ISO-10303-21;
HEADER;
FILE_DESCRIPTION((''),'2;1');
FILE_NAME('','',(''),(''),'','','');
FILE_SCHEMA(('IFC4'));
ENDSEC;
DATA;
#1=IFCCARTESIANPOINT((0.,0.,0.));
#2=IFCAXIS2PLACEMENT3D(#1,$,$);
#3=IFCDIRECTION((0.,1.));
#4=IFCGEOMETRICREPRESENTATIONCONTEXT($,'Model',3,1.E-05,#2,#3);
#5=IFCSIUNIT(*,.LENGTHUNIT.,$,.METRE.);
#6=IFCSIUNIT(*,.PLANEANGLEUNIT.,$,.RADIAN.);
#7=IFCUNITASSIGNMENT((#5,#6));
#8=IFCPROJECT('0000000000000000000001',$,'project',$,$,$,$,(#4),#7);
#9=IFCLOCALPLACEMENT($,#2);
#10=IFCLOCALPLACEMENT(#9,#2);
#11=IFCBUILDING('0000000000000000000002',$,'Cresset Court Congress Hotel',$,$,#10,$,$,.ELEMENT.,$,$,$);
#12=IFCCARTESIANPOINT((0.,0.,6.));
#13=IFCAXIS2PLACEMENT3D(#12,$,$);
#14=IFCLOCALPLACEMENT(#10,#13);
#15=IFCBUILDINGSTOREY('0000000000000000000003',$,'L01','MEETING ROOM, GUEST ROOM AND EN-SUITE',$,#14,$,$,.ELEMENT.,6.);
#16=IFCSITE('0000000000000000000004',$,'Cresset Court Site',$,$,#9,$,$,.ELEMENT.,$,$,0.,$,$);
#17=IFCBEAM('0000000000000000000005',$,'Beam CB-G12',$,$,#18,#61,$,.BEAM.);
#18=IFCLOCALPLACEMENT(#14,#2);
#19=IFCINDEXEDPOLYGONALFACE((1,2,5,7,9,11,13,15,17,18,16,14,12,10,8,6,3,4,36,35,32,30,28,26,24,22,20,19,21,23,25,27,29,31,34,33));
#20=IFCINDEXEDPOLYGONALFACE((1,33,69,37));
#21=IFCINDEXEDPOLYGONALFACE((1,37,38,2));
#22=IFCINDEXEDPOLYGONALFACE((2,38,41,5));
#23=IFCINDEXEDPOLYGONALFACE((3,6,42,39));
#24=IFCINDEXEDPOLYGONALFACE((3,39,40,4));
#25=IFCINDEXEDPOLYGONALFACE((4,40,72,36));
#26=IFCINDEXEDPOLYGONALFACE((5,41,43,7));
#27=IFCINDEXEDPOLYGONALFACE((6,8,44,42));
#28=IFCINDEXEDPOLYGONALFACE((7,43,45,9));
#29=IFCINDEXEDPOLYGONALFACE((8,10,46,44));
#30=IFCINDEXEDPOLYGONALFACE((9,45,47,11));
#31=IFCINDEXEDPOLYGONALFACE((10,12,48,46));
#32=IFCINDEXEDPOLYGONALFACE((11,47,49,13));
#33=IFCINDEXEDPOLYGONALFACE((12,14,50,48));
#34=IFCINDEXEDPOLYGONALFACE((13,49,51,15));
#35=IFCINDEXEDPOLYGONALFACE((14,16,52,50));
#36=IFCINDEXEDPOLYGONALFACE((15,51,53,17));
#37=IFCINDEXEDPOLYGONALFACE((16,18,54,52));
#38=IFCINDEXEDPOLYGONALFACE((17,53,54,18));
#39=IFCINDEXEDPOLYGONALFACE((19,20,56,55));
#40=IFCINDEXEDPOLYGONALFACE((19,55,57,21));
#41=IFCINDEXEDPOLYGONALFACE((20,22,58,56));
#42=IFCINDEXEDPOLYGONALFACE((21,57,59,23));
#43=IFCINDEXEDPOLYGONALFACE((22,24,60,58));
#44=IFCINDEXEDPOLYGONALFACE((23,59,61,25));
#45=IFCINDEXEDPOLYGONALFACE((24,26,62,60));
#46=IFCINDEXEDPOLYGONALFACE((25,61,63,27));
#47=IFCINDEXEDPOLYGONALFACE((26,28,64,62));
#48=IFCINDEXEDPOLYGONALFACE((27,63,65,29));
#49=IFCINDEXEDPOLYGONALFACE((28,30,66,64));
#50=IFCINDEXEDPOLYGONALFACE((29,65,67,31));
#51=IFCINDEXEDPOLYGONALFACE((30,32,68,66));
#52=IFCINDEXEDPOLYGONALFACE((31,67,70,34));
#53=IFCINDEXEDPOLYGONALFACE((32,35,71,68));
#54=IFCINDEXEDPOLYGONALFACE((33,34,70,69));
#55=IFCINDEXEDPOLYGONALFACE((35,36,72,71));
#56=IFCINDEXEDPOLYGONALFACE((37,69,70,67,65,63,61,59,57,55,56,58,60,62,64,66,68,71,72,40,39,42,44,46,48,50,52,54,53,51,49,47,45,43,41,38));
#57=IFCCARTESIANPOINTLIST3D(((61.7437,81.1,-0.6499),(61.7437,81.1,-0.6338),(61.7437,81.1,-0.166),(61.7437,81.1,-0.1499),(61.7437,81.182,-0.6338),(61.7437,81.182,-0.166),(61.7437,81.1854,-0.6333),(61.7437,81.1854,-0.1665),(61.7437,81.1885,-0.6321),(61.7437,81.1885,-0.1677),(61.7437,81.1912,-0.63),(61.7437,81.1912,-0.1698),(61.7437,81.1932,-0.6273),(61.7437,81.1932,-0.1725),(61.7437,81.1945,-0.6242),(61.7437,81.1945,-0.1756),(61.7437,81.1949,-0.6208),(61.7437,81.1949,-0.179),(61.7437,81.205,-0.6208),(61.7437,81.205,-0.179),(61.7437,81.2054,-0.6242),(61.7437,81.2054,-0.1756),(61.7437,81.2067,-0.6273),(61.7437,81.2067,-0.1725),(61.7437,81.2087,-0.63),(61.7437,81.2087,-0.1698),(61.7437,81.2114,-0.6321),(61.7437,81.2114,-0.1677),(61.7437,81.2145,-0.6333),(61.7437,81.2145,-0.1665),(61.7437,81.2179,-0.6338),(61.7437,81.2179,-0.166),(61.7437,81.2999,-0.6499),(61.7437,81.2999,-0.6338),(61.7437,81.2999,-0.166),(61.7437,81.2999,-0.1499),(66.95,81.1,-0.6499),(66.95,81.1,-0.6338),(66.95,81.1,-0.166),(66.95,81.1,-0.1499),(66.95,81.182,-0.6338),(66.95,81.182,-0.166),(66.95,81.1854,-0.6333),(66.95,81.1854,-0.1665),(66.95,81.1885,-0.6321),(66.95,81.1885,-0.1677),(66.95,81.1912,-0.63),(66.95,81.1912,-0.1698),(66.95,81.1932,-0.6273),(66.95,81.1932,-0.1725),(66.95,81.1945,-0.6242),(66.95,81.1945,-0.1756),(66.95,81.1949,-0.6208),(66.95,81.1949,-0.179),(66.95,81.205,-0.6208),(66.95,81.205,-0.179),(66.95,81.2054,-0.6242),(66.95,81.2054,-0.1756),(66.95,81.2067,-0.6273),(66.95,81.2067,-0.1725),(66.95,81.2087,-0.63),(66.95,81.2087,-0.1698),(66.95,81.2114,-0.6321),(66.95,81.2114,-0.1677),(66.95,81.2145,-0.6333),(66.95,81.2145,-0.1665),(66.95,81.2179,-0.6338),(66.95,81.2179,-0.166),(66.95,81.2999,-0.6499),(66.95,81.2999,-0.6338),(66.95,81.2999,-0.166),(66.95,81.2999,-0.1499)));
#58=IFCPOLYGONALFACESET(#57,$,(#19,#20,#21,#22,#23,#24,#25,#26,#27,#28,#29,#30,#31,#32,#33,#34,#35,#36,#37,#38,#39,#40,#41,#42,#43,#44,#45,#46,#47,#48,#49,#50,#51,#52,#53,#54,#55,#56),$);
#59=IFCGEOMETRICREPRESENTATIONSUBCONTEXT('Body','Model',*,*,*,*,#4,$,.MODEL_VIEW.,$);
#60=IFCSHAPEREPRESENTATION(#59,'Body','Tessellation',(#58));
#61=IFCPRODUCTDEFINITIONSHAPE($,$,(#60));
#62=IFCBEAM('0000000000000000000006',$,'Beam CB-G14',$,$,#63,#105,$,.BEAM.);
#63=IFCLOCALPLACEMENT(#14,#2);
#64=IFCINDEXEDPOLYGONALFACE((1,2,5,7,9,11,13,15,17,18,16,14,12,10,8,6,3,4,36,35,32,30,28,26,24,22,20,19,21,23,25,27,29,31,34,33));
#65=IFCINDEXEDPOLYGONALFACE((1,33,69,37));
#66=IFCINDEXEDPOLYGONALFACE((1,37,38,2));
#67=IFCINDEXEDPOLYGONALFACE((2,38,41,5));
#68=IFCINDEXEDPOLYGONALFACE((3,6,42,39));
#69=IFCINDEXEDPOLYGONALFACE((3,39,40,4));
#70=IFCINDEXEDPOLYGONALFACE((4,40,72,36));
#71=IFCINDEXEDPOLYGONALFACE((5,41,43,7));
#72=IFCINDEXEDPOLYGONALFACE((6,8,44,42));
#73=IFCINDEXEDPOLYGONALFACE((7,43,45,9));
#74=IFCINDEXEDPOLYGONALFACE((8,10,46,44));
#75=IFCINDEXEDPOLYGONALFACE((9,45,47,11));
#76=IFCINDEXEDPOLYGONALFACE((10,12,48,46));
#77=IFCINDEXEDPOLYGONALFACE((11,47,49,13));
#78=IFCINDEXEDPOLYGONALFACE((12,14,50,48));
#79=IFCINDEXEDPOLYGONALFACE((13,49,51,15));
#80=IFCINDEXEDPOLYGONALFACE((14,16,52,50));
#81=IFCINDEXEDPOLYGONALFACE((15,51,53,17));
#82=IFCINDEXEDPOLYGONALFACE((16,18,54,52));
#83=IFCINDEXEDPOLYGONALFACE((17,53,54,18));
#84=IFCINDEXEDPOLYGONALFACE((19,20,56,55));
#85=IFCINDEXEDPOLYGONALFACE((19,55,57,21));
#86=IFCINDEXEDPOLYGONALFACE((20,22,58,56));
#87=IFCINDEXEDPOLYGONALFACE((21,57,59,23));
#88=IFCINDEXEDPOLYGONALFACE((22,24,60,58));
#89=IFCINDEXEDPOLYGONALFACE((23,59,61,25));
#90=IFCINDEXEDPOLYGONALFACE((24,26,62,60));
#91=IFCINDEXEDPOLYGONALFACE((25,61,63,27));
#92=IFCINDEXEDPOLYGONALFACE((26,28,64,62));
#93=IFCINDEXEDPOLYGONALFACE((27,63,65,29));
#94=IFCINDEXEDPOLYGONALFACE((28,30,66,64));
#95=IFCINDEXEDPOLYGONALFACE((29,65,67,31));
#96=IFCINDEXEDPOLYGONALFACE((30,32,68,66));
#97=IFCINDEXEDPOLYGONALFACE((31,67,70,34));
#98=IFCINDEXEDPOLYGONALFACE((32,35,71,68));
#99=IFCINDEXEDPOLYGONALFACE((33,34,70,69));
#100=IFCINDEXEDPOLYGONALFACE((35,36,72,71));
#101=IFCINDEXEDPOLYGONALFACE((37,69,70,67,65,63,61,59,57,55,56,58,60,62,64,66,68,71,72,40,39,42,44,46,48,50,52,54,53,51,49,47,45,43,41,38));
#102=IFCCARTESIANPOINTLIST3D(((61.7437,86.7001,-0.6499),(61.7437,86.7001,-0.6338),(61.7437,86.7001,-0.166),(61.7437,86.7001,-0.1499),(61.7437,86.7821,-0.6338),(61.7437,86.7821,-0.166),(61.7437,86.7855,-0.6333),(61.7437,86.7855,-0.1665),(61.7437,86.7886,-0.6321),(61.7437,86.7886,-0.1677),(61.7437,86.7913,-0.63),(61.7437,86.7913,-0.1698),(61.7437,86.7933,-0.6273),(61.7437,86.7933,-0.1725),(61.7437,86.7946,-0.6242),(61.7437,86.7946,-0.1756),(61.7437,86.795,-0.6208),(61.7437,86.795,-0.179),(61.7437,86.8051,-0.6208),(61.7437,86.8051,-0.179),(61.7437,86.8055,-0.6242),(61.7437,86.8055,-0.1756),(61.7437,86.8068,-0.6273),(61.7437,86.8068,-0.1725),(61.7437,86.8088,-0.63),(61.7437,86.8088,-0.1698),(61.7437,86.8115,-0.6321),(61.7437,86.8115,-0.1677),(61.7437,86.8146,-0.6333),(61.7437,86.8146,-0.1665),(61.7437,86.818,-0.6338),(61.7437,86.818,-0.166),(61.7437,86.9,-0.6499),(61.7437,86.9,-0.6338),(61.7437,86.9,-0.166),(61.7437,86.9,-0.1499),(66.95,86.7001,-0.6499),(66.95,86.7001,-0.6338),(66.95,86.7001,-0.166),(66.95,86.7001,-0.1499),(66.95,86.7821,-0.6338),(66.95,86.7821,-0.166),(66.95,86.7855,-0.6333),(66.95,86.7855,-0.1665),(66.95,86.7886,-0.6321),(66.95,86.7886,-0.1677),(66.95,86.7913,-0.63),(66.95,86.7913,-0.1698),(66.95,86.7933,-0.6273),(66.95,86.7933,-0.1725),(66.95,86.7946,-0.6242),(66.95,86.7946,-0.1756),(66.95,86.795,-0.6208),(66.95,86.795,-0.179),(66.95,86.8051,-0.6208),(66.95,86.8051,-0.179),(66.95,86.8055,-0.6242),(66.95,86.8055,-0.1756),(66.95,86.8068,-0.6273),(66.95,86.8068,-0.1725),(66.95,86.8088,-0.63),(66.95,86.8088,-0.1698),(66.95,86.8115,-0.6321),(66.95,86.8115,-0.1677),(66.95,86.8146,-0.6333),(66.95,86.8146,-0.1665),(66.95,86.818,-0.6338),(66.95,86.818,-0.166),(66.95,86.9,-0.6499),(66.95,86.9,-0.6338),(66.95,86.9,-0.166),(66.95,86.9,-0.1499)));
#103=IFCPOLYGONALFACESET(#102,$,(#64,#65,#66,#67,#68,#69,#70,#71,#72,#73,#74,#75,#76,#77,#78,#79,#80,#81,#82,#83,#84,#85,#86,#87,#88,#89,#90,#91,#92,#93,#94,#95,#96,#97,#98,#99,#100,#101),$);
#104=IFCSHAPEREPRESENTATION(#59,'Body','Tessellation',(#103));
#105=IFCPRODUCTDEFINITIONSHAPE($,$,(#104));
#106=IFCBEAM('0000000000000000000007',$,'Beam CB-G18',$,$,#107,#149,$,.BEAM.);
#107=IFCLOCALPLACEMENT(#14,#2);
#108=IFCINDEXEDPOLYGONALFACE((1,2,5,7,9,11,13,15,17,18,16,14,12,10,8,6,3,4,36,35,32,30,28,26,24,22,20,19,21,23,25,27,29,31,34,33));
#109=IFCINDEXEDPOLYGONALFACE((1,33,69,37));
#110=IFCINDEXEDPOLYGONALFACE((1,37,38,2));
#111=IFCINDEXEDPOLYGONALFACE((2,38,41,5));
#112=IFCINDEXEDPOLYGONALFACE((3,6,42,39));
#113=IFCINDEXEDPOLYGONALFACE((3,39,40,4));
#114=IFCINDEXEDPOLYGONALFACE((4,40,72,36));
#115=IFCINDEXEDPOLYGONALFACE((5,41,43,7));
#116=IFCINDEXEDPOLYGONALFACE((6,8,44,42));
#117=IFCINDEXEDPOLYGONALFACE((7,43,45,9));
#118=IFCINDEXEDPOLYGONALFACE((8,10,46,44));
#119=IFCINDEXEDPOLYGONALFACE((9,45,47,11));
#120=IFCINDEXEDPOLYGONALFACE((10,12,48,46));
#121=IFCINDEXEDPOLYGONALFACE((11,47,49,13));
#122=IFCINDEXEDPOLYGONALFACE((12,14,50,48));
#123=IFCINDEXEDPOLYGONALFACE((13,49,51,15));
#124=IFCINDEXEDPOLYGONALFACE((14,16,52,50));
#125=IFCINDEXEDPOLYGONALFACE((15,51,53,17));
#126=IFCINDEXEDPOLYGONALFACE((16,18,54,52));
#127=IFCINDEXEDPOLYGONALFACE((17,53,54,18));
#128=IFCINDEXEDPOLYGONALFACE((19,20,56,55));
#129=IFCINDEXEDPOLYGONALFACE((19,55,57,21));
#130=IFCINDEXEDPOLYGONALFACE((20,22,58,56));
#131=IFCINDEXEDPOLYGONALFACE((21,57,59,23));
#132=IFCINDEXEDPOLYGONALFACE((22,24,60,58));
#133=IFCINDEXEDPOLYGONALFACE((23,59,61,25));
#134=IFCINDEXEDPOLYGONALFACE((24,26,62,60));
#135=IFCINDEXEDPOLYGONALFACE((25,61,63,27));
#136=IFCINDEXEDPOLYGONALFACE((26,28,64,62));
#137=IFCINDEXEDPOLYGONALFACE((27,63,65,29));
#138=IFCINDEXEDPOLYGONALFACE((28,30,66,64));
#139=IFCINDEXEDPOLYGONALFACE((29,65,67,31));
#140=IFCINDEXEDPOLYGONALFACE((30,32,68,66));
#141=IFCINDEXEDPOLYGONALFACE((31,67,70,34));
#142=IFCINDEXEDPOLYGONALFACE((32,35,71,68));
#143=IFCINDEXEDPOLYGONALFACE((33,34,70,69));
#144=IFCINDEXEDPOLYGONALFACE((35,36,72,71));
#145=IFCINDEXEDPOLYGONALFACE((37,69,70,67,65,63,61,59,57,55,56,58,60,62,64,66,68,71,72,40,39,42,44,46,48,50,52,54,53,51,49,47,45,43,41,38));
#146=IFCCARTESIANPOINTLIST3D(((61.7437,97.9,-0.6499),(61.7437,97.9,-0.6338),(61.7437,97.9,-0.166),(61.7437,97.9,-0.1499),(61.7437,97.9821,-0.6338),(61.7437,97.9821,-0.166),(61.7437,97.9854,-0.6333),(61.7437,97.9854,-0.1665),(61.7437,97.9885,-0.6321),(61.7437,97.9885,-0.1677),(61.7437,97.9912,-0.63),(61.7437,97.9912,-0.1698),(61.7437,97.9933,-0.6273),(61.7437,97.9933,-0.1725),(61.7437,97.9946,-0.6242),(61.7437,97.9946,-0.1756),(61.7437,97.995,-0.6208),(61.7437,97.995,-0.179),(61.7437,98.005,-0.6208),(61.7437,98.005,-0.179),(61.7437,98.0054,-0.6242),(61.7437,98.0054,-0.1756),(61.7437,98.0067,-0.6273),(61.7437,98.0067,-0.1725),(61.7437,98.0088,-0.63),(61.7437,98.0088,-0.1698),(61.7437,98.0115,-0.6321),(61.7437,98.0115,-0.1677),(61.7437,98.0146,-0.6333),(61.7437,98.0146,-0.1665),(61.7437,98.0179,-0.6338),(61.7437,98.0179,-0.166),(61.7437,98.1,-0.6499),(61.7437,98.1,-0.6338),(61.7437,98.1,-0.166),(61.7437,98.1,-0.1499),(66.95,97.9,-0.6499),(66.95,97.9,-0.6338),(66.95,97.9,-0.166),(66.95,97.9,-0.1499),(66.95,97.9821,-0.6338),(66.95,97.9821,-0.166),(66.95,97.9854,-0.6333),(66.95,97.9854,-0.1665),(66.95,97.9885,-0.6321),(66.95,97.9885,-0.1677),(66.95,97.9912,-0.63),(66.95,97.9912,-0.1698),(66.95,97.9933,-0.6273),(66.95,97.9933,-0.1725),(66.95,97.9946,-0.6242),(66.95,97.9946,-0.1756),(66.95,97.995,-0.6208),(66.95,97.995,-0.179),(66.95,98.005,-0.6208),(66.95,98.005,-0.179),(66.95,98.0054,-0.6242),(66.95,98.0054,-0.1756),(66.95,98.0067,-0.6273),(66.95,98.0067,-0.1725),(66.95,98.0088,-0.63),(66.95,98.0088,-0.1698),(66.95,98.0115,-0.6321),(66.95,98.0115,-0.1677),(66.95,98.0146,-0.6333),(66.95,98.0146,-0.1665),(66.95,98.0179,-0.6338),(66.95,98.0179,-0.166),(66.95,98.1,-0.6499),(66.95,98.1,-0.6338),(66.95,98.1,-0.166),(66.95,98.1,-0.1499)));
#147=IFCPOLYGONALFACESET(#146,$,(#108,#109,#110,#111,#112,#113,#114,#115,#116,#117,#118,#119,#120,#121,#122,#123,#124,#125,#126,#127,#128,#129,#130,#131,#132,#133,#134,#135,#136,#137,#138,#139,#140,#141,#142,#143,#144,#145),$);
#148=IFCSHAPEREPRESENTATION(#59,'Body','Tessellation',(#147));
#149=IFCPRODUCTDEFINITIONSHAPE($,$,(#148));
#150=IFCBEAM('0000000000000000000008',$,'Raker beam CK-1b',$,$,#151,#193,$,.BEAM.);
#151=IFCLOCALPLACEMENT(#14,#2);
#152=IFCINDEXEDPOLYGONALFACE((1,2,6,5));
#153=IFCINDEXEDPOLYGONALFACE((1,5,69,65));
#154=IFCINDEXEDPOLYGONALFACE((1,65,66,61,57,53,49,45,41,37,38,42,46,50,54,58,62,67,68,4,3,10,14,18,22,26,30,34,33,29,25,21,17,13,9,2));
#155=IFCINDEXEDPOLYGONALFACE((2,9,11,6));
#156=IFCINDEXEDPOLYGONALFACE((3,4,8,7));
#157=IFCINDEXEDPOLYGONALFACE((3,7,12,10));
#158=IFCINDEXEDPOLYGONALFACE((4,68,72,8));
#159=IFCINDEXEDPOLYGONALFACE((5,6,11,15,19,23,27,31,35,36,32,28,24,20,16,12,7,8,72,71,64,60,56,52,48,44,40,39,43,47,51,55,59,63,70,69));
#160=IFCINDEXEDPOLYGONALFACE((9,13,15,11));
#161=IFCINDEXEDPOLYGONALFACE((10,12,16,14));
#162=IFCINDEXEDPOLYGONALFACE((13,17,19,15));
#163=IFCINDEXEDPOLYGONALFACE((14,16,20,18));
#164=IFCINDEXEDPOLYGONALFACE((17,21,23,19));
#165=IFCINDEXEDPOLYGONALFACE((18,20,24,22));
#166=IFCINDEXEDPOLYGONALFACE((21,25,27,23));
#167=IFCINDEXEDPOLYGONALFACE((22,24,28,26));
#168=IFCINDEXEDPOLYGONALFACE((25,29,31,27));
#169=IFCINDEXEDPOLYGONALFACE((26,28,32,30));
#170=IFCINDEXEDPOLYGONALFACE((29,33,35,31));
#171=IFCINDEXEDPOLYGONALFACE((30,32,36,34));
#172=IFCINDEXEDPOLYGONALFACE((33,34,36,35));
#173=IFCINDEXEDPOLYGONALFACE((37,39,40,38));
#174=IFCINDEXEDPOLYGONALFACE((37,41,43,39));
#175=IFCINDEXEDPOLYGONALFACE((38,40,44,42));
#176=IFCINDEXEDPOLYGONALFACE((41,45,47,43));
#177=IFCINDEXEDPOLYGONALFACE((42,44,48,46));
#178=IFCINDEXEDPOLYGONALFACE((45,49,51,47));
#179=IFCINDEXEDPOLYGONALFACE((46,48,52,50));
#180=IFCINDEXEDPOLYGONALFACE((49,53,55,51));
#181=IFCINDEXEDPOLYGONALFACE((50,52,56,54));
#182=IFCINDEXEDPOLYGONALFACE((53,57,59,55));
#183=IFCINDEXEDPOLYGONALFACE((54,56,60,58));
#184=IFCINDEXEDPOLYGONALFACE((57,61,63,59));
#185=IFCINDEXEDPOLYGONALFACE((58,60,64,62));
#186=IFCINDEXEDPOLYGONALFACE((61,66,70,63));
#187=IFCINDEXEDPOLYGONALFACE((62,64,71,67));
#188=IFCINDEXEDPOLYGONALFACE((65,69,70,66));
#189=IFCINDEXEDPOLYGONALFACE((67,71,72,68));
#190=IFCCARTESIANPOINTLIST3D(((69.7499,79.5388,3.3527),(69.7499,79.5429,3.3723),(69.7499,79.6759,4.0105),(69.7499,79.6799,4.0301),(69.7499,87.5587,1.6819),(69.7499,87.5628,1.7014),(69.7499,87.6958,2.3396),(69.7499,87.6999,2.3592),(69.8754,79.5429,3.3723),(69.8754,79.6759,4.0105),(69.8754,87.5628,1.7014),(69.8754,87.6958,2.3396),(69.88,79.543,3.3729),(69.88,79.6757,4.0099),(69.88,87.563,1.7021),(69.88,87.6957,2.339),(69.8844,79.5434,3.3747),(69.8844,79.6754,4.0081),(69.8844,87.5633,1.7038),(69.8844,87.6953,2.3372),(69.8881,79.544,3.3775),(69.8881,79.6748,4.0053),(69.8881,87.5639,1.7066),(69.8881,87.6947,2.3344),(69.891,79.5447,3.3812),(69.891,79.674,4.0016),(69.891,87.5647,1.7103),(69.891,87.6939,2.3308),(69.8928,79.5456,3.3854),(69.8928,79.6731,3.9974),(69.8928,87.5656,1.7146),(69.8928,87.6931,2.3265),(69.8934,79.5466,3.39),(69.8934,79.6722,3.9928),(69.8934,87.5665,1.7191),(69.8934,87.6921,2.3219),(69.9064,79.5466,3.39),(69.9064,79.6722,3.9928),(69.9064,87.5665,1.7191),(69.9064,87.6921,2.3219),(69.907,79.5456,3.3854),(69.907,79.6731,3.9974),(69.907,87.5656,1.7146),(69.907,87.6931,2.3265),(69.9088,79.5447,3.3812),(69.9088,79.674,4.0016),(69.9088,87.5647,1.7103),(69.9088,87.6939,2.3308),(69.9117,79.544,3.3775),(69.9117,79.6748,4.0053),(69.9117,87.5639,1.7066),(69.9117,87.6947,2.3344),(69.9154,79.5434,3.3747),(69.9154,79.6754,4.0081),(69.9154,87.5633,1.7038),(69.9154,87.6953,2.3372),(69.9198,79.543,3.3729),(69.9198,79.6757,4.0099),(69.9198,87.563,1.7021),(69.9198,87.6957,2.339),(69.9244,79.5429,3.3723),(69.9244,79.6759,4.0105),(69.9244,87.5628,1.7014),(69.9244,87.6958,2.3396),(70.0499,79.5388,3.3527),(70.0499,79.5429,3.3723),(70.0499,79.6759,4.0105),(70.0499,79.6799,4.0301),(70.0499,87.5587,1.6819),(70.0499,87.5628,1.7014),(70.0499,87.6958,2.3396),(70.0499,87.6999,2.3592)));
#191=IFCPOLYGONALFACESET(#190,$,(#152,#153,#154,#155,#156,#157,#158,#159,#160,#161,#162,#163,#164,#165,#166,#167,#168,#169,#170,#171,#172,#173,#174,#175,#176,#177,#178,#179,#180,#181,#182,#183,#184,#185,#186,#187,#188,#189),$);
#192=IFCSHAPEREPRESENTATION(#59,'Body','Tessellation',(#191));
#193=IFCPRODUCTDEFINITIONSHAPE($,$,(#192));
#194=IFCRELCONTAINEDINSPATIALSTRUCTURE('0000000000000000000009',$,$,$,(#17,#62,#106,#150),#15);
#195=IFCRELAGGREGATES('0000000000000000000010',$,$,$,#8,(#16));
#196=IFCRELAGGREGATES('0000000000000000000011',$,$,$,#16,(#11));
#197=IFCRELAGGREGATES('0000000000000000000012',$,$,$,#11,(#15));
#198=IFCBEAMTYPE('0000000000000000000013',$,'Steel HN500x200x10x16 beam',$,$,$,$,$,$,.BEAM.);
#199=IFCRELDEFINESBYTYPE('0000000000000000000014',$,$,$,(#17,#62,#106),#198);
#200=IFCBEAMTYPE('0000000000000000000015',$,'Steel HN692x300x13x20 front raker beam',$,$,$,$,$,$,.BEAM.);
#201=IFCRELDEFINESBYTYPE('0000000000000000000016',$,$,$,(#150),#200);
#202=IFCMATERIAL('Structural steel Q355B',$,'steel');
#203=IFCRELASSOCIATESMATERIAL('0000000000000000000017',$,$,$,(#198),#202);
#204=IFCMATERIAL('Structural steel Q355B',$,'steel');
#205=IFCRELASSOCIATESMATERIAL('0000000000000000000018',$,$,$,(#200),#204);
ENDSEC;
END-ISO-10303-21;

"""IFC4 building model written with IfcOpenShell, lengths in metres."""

from ifc_helpers import new_model, si_unit, direction, frame, origin, origin_2d, place, context, subcontext, project, spatial, i_section, extrude, material, material_profile, profile_set, type_object, element, save


model = new_model("IFC4")

# Units and contexts
model_context = context("Model", 3, precision=1e-05, world=origin(), true_north=direction((0.0, 1.0)))
body_context = subcontext(model_context, "Body", "Model", "MODEL_VIEW")
ifc_project = project(units=[si_unit("LENGTHUNIT", "METRE"), si_unit("PLANEANGLEUNIT", "RADIAN")], contexts=[model_context])

# Site, building, storey
site_placement = place(None, origin())
site = spatial("IfcSite", under=ifc_project, at=site_placement, Name="Cresset Court Site", CompositionType="ELEMENT", RefElevation=0.0)
building_placement = place(site_placement, origin())
building = spatial("IfcBuilding", under=site, at=building_placement, Name="Cresset Court Congress Hotel", CompositionType="ELEMENT")
storey_placement = place(building_placement, frame((0.0, 0.0, 6.0)))
storey = spatial("IfcBuildingStorey", under=building, at=storey_placement, Name="L01", Description="MEETING ROOM, GUEST ROOM AND EN-SUITE", CompositionType="ELEMENT", Elevation=6.0)

# Beams
ifc_material_1 = material(Name="Structural steel Q355B", Category="steel")
ifc_material_profile_1 = material_profile(ifc_material_1, i_section(OverallWidth=0.2, OverallDepth=0.5, WebThickness=0.01, FlangeThickness=0.0161, FilletRadius=0.0129, at=origin_2d()), Name="HN500x200x10x16")
ifc_profile_set_1 = profile_set([ifc_material_profile_1], Name="Structural steel Q355B")
beam_type_1 = type_object("IfcBeamType", Name="Steel HN500x200x10x16 beam", PredefinedType="BEAM", material=ifc_profile_set_1)
for number, where, z_axis, x_axis, name in (
    (1, (61.7437, 81.2, -0.3999), (1.0, 0.0, 0.0), (0.0, 1.0, 0.0), "Beam CB-G12"),
    (2, (61.7437, 86.8, -0.3999), (1.0, 0.0, 0.0), (0.0, 1.0, 0.0), "Beam CB-G14"),
    (3, (61.7437, 98.0, -0.3999), (1.0, 0.0, 0.0), (0.0, 1.0, 0.0), "Beam CB-G18"),
):
    element("IfcBeam", number, at=place(storey_placement, frame(where, z_axis=z_axis, x_axis=x_axis)), inside=storey, type_object=beam_type_1, Name=name, PredefinedType="BEAM", context=body_context, shape_type="SweptSolid", body=[
        extrude(i_section(OverallWidth=0.2, OverallDepth=0.5, WebThickness=0.01, FlangeThickness=0.0161, FilletRadius=0.0129, at=origin_2d()), origin(), (0.0, 0.0, 1.0), 5.2063),
    ])
ifc_material_2 = material(Name="Structural steel Q355B", Category="steel")
ifc_material_profile_2 = material_profile(ifc_material_2, i_section(OverallWidth=0.3, OverallDepth=0.6919, WebThickness=0.0129, FlangeThickness=0.02, FilletRadius=0.0181, at=origin_2d()), Name="HN692x300x13x20")
ifc_profile_set_2 = profile_set([ifc_material_profile_2], Name="Structural steel Q355B")
beam_type_2 = type_object("IfcBeamType", Name="Steel HN692x300x13x20 front raker beam", PredefinedType="BEAM", material=ifc_profile_set_2)
for number, where, z_axis, x_axis, name in (
    (4, (69.8999, 79.6094, 3.6914), (0.0, 0.978979, -0.203961), (-1.0, 0.0, 0.0), "Raker beam CK-1b"),
):
    element("IfcBeam", number, at=place(storey_placement, frame(where, z_axis=z_axis, x_axis=x_axis)), inside=storey, type_object=beam_type_2, Name=name, PredefinedType="BEAM", context=body_context, shape_type="SweptSolid", body=[
        extrude(i_section(OverallWidth=0.3, OverallDepth=0.6919, WebThickness=0.0129, FlangeThickness=0.02, FilletRadius=0.0181, at=origin_2d()), origin(), (0.0, 0.0, 1.0), 8.1921),
    ])

save(model, "model.ifc")
